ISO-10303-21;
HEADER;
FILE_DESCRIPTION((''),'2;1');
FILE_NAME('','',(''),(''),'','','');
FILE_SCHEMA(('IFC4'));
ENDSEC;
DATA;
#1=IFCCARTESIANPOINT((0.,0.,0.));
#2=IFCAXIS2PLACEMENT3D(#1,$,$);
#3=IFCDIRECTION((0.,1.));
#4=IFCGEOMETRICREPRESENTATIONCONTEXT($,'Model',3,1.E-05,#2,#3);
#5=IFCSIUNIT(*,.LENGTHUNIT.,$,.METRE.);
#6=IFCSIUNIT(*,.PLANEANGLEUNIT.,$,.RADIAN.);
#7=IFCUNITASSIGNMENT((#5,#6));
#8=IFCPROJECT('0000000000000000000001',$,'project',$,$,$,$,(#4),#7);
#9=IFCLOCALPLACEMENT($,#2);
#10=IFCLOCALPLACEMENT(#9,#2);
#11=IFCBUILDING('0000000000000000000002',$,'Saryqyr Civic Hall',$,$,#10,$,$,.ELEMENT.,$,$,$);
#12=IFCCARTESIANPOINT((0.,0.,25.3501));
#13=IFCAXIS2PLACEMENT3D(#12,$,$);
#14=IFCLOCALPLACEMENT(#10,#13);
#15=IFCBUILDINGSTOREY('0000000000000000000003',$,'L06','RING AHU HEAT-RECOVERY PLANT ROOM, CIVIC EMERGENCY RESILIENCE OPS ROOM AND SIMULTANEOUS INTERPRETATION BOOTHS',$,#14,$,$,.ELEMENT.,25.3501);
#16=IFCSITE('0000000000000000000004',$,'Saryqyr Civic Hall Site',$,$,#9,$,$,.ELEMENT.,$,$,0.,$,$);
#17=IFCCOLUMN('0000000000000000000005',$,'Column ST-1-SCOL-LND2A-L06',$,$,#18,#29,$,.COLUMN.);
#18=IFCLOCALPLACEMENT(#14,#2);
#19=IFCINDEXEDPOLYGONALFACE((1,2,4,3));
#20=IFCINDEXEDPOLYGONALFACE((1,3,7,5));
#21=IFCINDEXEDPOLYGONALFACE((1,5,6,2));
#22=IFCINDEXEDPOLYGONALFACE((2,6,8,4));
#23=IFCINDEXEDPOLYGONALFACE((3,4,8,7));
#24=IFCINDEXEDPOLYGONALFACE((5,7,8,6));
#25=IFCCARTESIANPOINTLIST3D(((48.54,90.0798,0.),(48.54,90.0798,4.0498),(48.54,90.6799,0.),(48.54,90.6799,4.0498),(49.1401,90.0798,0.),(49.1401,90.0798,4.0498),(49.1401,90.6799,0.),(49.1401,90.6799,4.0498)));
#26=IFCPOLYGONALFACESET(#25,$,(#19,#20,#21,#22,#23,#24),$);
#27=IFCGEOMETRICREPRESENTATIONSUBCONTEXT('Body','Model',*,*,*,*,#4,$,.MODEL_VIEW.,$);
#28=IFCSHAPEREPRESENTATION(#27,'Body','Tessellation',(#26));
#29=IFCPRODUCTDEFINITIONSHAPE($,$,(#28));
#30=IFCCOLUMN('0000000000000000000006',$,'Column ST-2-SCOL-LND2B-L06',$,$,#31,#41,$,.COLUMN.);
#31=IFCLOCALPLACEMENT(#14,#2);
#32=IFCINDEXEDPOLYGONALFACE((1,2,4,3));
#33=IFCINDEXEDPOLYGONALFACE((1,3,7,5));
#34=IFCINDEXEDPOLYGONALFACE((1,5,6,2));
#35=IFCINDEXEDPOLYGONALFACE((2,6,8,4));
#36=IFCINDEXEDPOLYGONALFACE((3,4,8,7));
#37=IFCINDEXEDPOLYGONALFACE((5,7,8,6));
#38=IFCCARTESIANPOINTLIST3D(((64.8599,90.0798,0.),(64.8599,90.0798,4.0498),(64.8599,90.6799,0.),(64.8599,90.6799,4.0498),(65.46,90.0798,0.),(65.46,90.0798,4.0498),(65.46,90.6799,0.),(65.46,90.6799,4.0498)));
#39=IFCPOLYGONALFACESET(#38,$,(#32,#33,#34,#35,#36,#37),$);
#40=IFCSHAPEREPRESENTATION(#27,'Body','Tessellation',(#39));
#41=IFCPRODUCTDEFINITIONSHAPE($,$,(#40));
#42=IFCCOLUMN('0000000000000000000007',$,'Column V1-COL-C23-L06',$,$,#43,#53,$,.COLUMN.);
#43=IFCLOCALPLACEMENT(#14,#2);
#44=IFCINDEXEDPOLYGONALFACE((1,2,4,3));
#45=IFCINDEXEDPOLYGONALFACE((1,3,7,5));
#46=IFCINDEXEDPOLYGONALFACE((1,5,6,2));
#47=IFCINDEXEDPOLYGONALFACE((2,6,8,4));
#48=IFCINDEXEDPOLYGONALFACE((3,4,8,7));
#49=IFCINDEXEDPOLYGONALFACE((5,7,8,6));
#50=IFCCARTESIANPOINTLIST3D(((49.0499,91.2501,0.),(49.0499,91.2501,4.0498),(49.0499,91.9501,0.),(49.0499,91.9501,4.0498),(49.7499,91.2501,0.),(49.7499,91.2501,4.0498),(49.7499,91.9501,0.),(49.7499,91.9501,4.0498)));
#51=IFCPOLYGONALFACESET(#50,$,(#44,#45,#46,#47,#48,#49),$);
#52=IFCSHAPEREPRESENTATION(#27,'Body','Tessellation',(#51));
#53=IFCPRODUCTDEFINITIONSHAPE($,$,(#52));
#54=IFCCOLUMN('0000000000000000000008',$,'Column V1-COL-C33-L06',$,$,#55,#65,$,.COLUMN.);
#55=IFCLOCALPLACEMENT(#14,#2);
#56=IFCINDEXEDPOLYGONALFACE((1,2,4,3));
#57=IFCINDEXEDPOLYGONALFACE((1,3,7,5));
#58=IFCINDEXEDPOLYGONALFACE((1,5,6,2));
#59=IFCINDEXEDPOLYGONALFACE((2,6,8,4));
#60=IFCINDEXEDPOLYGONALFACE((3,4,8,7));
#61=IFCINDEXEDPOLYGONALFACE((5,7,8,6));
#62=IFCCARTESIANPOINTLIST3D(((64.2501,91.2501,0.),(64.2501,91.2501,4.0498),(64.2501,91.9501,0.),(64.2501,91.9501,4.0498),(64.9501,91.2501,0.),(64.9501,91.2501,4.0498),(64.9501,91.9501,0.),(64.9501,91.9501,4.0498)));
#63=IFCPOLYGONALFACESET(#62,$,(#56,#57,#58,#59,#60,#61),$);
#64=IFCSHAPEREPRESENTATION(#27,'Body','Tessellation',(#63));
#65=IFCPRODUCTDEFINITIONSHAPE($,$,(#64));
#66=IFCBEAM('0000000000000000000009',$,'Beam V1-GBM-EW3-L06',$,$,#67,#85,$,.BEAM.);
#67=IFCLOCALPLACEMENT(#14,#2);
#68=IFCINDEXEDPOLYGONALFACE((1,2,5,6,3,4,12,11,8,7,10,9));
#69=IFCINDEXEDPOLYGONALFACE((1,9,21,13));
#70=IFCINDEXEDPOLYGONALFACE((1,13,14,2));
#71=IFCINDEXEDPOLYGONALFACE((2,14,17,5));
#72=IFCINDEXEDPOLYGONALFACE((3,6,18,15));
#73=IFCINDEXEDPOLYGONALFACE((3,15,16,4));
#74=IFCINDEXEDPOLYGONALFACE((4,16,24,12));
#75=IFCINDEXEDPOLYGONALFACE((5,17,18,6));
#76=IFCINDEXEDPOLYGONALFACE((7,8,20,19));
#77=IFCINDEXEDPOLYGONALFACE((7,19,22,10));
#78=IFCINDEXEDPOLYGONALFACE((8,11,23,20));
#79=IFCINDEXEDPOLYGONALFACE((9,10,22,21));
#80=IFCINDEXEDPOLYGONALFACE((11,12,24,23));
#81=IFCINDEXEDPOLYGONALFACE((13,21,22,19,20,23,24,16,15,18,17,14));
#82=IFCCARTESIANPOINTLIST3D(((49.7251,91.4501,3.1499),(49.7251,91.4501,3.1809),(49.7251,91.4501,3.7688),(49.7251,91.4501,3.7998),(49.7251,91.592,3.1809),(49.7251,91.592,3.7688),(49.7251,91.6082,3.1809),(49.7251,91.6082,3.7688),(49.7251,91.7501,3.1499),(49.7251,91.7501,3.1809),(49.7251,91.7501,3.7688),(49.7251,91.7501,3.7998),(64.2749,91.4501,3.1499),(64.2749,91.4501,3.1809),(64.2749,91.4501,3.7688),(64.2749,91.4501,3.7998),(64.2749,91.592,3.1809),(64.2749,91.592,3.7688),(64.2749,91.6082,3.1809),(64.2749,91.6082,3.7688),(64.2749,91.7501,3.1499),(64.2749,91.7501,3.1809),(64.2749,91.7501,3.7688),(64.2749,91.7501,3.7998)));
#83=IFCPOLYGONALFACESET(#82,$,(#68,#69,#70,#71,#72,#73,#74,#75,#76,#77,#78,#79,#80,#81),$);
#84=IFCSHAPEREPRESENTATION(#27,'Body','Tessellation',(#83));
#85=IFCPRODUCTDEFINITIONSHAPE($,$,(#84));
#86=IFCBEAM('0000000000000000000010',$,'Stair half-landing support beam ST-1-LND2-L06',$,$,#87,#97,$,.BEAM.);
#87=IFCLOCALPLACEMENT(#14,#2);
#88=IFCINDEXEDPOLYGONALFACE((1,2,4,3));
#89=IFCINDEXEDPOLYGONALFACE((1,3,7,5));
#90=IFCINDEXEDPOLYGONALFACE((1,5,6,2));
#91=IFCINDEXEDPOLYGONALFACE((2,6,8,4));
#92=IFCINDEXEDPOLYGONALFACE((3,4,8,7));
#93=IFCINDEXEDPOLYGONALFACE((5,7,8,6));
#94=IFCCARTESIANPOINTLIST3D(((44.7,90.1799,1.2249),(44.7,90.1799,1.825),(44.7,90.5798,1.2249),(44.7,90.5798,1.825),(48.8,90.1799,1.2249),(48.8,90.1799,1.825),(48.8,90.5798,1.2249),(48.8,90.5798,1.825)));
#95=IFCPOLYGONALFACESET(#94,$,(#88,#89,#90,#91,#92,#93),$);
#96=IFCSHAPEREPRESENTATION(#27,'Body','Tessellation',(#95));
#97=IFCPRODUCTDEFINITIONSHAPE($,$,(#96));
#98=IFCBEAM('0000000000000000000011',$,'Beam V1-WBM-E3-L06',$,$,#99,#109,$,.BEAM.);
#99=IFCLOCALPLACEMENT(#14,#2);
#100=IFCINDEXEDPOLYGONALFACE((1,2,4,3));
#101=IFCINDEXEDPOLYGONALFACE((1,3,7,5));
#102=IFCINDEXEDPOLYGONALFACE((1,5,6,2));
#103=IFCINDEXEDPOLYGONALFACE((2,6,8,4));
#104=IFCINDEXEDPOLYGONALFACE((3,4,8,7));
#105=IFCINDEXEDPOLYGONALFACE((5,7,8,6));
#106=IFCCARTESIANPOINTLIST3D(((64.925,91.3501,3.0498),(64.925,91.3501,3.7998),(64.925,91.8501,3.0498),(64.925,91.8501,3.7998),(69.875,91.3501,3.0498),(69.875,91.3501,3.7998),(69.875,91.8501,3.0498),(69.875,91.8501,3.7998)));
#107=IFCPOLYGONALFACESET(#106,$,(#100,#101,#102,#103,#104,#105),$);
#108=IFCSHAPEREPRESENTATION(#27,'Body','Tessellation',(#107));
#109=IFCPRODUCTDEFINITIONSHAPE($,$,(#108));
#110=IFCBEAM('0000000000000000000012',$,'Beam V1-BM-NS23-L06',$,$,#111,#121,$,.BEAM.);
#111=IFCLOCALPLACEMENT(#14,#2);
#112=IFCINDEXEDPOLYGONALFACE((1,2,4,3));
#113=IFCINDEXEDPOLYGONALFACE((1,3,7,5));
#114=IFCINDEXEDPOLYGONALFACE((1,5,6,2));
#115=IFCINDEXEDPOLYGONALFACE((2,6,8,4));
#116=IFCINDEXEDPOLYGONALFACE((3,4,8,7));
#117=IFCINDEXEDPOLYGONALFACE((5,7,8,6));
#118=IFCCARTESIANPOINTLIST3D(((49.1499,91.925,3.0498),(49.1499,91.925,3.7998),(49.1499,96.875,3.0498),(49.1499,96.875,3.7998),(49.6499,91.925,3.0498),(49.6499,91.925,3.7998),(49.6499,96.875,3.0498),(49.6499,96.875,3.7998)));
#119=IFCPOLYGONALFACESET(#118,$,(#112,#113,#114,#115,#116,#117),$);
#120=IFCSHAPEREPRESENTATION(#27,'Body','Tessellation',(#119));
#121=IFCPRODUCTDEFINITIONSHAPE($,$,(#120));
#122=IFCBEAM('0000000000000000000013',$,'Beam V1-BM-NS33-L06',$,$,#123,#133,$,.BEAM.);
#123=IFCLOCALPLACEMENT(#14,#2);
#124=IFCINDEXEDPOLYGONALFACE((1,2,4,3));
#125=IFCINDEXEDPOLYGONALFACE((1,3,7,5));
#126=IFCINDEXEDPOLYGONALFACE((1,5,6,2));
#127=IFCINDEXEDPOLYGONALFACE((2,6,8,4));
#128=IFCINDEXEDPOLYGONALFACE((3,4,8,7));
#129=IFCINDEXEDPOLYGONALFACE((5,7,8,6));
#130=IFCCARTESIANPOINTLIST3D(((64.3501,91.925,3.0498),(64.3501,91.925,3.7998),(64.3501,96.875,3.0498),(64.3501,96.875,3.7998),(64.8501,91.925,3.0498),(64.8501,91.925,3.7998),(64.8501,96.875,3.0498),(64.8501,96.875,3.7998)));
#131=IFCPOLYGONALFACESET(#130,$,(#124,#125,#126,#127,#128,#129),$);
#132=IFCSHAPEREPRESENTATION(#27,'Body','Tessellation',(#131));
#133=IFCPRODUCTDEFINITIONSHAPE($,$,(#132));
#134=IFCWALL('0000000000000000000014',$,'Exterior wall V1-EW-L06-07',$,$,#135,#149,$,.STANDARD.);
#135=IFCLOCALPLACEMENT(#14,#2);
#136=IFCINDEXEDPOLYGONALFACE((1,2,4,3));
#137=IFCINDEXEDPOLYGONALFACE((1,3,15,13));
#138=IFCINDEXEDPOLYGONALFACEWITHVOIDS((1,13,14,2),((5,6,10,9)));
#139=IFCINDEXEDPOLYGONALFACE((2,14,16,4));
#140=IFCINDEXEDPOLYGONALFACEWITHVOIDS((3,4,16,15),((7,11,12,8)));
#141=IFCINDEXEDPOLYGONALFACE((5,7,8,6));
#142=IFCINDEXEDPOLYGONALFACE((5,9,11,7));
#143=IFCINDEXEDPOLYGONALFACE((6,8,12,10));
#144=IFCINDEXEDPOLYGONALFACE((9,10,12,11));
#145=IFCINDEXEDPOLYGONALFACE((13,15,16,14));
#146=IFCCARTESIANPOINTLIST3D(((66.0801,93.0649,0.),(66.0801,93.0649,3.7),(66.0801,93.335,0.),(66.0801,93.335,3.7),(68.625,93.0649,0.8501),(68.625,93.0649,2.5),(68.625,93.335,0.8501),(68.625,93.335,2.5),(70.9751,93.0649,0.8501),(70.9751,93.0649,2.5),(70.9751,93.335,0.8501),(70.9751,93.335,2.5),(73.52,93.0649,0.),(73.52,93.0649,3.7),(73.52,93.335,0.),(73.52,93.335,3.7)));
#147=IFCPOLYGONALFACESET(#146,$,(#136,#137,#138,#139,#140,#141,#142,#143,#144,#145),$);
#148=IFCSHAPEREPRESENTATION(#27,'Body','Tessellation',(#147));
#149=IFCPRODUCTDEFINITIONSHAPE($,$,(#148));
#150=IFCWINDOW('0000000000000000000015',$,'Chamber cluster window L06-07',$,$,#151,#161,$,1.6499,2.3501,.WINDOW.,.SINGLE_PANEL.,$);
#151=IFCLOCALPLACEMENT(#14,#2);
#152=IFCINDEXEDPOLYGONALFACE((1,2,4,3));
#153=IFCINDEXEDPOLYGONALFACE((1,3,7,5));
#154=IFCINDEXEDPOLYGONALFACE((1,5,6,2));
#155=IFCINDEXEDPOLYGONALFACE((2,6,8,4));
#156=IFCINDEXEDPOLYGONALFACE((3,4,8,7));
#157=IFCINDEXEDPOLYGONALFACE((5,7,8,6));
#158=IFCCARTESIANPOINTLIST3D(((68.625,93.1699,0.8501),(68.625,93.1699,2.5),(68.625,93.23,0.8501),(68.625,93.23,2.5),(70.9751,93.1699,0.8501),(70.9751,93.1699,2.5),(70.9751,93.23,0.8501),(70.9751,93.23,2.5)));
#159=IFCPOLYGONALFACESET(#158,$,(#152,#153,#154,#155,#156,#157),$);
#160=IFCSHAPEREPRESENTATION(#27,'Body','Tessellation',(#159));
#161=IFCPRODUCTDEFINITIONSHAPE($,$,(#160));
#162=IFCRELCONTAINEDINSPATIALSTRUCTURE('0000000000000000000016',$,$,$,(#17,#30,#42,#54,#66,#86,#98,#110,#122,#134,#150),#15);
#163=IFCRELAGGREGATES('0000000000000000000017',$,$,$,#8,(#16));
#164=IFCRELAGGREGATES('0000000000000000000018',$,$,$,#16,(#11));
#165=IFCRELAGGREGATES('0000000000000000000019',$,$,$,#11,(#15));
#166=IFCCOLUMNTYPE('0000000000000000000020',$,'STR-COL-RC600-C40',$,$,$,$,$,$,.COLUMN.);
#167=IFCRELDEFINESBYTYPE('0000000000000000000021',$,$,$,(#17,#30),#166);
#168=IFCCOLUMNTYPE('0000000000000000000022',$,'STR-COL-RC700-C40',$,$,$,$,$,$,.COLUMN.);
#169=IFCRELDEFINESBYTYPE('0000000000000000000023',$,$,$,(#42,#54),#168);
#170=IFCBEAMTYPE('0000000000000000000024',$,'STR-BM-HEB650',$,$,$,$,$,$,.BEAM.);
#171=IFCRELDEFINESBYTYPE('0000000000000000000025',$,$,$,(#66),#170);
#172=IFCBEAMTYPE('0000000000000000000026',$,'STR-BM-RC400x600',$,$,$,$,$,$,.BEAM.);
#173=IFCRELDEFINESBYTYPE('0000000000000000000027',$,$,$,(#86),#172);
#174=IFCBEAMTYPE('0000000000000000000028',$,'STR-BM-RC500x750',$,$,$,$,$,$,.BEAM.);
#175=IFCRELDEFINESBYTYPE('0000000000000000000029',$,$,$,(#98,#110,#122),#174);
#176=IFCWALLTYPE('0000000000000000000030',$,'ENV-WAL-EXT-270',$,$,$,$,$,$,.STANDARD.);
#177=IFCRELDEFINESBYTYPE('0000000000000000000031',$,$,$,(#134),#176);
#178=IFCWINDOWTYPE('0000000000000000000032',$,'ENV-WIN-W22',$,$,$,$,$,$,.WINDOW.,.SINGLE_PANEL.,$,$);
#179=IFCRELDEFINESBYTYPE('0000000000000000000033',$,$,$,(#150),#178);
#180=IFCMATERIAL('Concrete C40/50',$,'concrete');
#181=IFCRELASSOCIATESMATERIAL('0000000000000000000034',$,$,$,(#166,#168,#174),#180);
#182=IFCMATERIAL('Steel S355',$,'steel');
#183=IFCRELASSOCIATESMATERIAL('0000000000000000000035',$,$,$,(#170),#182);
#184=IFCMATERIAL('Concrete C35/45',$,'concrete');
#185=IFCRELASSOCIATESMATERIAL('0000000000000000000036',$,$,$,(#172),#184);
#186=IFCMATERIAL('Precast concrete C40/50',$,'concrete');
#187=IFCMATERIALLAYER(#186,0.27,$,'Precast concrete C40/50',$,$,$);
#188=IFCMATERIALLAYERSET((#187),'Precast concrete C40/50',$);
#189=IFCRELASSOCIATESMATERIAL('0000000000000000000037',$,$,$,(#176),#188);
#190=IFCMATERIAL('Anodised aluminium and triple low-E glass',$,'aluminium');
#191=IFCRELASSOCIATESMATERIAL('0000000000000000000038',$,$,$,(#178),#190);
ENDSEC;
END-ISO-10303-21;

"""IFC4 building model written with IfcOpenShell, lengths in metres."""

from ifc_helpers import new_model, si_unit, direction, frame, frame_2d, origin, origin_2d, place, context, subcontext, project, spatial, rectangle, i_section, extrude, material, layer, layer_set, material_profile, profile_set, type_object, element, fill, save


model = new_model("IFC4")

# Units and contexts
model_context = context("Model", 3, precision=1e-05, world=origin(), true_north=direction((0.0, 1.0)))
body_context = subcontext(model_context, "Body", "Model", "MODEL_VIEW")
ifc_project = project(units=[si_unit("LENGTHUNIT", "METRE"), si_unit("PLANEANGLEUNIT", "RADIAN")], contexts=[model_context])

# Site, building, storey
site_placement = place(None, origin())
site = spatial("IfcSite", under=ifc_project, at=site_placement, Name="Saryqyr Civic Hall Site", CompositionType="ELEMENT", RefElevation=0.0)
building_placement = place(site_placement, origin())
building = spatial("IfcBuilding", under=site, at=building_placement, Name="Saryqyr Civic Hall", CompositionType="ELEMENT")
storey_placement = place(building_placement, frame((0.0, 0.0, 25.3501)))
storey = spatial("IfcBuildingStorey", under=building, at=storey_placement, Name="L06", Description="RING AHU HEAT-RECOVERY PLANT ROOM, CIVIC EMERGENCY RESILIENCE OPS ROOM AND SIMULTANEOUS INTERPRETATION BOOTHS", CompositionType="ELEMENT", Elevation=25.3501)

# Columns
ifc_material_1 = material(Name="Concrete C40/50", Category="concrete")
ifc_material_profile_1 = material_profile(ifc_material_1, rectangle(XDim=0.6001, YDim=0.6001, at=origin_2d()), Name="RC 600x600")
ifc_profile_set_1 = profile_set([ifc_material_profile_1], Name="Concrete C40/50")
column_type_1 = type_object("IfcColumnType", Name="STR-COL-RC600-C40", PredefinedType="COLUMN", material=ifc_profile_set_1)
for number, where, z_axis, x_axis, name in (
    (1, (48.8401, 90.3799, 0.0), (0.0, 0.0, 1.0), (1.0, 0.0, 0.0), "Column ST-1-SCOL-LND2A-L06"),
    (2, (65.1599, 90.3799, 0.0), (0.0, 0.0, 1.0), (1.0, 0.0, 0.0), "Column ST-2-SCOL-LND2B-L06"),
):
    element("IfcColumn", number, at=place(storey_placement, frame(where, z_axis=z_axis, x_axis=x_axis)), inside=storey, type_object=column_type_1, Name=name, PredefinedType="COLUMN", context=body_context, shape_type="SweptSolid", body=[
        extrude(rectangle(XDim=0.6001, YDim=0.6001, at=origin_2d()), origin(), (0.0, 0.0, 1.0), 4.0498),
    ])
ifc_material_profile_2 = material_profile(ifc_material_1, rectangle(XDim=0.7, YDim=0.7, at=origin_2d()), Name="RC 700x700")
ifc_profile_set_2 = profile_set([ifc_material_profile_2], Name="Concrete C40/50")
column_type_2 = type_object("IfcColumnType", Name="STR-COL-RC700-C40", PredefinedType="COLUMN", material=ifc_profile_set_2)
for number, where, z_axis, x_axis, name in (
    (3, (49.3999, 91.6001, 0.0), (0.0, 0.0, 1.0), (1.0, 0.0, 0.0), "Column V1-COL-C23-L06"),
    (4, (64.6001, 91.6001, 0.0), (0.0, 0.0, 1.0), (1.0, 0.0, 0.0), "Column V1-COL-C33-L06"),
):
    element("IfcColumn", number, at=place(storey_placement, frame(where, z_axis=z_axis, x_axis=x_axis)), inside=storey, type_object=column_type_2, Name=name, PredefinedType="COLUMN", context=body_context, shape_type="SweptSolid", body=[
        extrude(rectangle(XDim=0.7, YDim=0.7, at=origin_2d()), origin(), (0.0, 0.0, 1.0), 4.0498),
    ])

# Beams
ifc_material_2 = material(Name="Steel S355", Category="steel")
ifc_material_profile_3 = material_profile(ifc_material_2, i_section(OverallWidth=0.3, OverallDepth=0.6499, WebThickness=0.0161, FlangeThickness=0.031, at=origin_2d()), Name="HEB 650")
ifc_profile_set_3 = profile_set([ifc_material_profile_3], Name="Steel S355")
beam_type_1 = type_object("IfcBeamType", Name="STR-BM-HEB650", PredefinedType="BEAM", material=ifc_profile_set_3)
beam_1_placement = place(storey_placement, frame((49.7251, 91.6001, 3.4749), z_axis=(1.0, 0.0, 0.0), x_axis=(0.0, 1.0, 0.0)))
element("IfcBeam", 5, at=beam_1_placement, inside=storey, type_object=beam_type_1, Name="Beam V1-GBM-EW3-L06", PredefinedType="BEAM", context=body_context, shape_type="SweptSolid", body=[
    extrude(i_section(OverallWidth=0.3, OverallDepth=0.6499, WebThickness=0.0161, FlangeThickness=0.031, at=origin_2d()), origin(), (0.0, 0.0, 1.0), 14.5498),
])
ifc_material_3 = material(Name="Concrete C35/45", Category="concrete")
ifc_material_profile_4 = material_profile(ifc_material_3, rectangle(XDim=0.3999, YDim=0.6001, at=origin_2d()), Name="RC 400x600")
ifc_profile_set_4 = profile_set([ifc_material_profile_4], Name="Concrete C35/45")
beam_type_2 = type_object("IfcBeamType", Name="STR-BM-RC400x600", PredefinedType="BEAM", material=ifc_profile_set_4)
beam_2_placement = place(storey_placement, frame((48.8, 90.3799, 1.5249), z_axis=(-1.0, 0.0, 0.0), x_axis=(0.0, -1.0, 0.0)))
element("IfcBeam", 6, at=beam_2_placement, inside=storey, type_object=beam_type_2, Name="Stair half-landing support beam ST-1-LND2-L06", PredefinedType="BEAM", context=body_context, shape_type="SweptSolid", body=[
    extrude(rectangle(XDim=0.3999, YDim=0.6001, at=origin_2d()), origin(), (0.0, 0.0, 1.0), 4.1001),
])
ifc_material_profile_5 = material_profile(ifc_material_1, rectangle(XDim=0.5, YDim=0.75, at=origin_2d()), Name="RC 500x750")
ifc_profile_set_5 = profile_set([ifc_material_profile_5], Name="Concrete C40/50")
beam_type_3 = type_object("IfcBeamType", Name="STR-BM-RC500x750", PredefinedType="BEAM", material=ifc_profile_set_5)
for number, where, z_axis, x_axis, name in (
    (7, (64.925, 91.6001, 3.4248), (1.0, 0.0, 0.0), (0.0, 1.0, 0.0), "Beam V1-WBM-E3-L06"),
    (8, (49.3999, 91.925, 3.4248), (0.0, 1.0, 0.0), (-1.0, 0.0, 0.0), "Beam V1-BM-NS23-L06"),
    (9, (64.6001, 91.925, 3.4248), (0.0, 1.0, 0.0), (-1.0, 0.0, 0.0), "Beam V1-BM-NS33-L06"),
):
    element("IfcBeam", number, at=place(storey_placement, frame(where, z_axis=z_axis, x_axis=x_axis)), inside=storey, type_object=beam_type_3, Name=name, PredefinedType="BEAM", context=body_context, shape_type="SweptSolid", body=[
        extrude(rectangle(XDim=0.5, YDim=0.75, at=origin_2d()), origin(), (0.0, 0.0, 1.0), 4.95),
    ])

# Wall, opening, window
ifc_material_4 = material(Name="Precast concrete C40/50", Category="concrete")
ifc_layer_1 = layer(ifc_material_4, 0.27, Name="Precast concrete C40/50")
ifc_layer_set_1 = layer_set([ifc_layer_1], Name="Precast concrete C40/50")
wall_type_1 = type_object("IfcWallType", Name="ENV-WAL-EXT-270", PredefinedType="STANDARD", material=ifc_layer_set_1)
wall_1_placement = place(storey_placement, frame((66.0801, 93.2, 0.0), z_axis=(0.0, 0.0, 1.0), x_axis=(1.0, 0.0, 0.0)))
wall_1 = element("IfcWall", 10, at=wall_1_placement, inside=storey, type_object=wall_type_1, Name="Exterior wall V1-EW-L06-07", PredefinedType="STANDARD", context=body_context, shape_type="SweptSolid", body=[
    extrude(rectangle(XDim=7.4399, YDim=0.27, at=frame_2d((3.72, 0.0))), origin(), (0.0, 0.0, 1.0), 3.7),
])
opening_1_placement = place(wall_1_placement, frame((2.5449, 0.0, 0.8501)))
opening_1 = element("IfcOpeningElement", 11, at=opening_1_placement, cuts=wall_1, PredefinedType="OPENING", context=body_context, shape_type="SweptSolid", body=[
    extrude(rectangle(XDim=2.3501, YDim=1.6499, at=frame_2d((1.175, 0.825))), frame((0.0, 0.145, 0.0), z_axis=(0.0, -1.0, 0.0), x_axis=(1.0, 0.0, 0.0)), (0.0, 0.0, 1.0), 0.29),
])
ifc_material_5 = material(Name="Anodised aluminium and triple low-E glass", Category="aluminium")
window_type = type_object("IfcWindowType", Name="ENV-WIN-W22", PartitioningType="SINGLE_PANEL", PredefinedType="WINDOW", material=ifc_material_5)
window_placement = place(opening_1_placement, origin())
window = element("IfcWindow", 12, at=window_placement, inside=storey, type_object=window_type, Name="Chamber cluster window L06-07", OverallHeight=1.6499, OverallWidth=2.3501, PartitioningType="SINGLE_PANEL", PredefinedType="WINDOW", context=body_context, shape_type="SweptSolid", body=[
    extrude(rectangle(XDim=2.3501, YDim=1.6499, at=frame_2d((1.175, 0.825))), frame((0.0, 0.03, 0.0), z_axis=(0.0, -1.0, 0.0), x_axis=(1.0, 0.0, 0.0)), (0.0, 0.0, 1.0), 0.0601),
])
fill(opening_1, window)

save(model, "model.ifc")
